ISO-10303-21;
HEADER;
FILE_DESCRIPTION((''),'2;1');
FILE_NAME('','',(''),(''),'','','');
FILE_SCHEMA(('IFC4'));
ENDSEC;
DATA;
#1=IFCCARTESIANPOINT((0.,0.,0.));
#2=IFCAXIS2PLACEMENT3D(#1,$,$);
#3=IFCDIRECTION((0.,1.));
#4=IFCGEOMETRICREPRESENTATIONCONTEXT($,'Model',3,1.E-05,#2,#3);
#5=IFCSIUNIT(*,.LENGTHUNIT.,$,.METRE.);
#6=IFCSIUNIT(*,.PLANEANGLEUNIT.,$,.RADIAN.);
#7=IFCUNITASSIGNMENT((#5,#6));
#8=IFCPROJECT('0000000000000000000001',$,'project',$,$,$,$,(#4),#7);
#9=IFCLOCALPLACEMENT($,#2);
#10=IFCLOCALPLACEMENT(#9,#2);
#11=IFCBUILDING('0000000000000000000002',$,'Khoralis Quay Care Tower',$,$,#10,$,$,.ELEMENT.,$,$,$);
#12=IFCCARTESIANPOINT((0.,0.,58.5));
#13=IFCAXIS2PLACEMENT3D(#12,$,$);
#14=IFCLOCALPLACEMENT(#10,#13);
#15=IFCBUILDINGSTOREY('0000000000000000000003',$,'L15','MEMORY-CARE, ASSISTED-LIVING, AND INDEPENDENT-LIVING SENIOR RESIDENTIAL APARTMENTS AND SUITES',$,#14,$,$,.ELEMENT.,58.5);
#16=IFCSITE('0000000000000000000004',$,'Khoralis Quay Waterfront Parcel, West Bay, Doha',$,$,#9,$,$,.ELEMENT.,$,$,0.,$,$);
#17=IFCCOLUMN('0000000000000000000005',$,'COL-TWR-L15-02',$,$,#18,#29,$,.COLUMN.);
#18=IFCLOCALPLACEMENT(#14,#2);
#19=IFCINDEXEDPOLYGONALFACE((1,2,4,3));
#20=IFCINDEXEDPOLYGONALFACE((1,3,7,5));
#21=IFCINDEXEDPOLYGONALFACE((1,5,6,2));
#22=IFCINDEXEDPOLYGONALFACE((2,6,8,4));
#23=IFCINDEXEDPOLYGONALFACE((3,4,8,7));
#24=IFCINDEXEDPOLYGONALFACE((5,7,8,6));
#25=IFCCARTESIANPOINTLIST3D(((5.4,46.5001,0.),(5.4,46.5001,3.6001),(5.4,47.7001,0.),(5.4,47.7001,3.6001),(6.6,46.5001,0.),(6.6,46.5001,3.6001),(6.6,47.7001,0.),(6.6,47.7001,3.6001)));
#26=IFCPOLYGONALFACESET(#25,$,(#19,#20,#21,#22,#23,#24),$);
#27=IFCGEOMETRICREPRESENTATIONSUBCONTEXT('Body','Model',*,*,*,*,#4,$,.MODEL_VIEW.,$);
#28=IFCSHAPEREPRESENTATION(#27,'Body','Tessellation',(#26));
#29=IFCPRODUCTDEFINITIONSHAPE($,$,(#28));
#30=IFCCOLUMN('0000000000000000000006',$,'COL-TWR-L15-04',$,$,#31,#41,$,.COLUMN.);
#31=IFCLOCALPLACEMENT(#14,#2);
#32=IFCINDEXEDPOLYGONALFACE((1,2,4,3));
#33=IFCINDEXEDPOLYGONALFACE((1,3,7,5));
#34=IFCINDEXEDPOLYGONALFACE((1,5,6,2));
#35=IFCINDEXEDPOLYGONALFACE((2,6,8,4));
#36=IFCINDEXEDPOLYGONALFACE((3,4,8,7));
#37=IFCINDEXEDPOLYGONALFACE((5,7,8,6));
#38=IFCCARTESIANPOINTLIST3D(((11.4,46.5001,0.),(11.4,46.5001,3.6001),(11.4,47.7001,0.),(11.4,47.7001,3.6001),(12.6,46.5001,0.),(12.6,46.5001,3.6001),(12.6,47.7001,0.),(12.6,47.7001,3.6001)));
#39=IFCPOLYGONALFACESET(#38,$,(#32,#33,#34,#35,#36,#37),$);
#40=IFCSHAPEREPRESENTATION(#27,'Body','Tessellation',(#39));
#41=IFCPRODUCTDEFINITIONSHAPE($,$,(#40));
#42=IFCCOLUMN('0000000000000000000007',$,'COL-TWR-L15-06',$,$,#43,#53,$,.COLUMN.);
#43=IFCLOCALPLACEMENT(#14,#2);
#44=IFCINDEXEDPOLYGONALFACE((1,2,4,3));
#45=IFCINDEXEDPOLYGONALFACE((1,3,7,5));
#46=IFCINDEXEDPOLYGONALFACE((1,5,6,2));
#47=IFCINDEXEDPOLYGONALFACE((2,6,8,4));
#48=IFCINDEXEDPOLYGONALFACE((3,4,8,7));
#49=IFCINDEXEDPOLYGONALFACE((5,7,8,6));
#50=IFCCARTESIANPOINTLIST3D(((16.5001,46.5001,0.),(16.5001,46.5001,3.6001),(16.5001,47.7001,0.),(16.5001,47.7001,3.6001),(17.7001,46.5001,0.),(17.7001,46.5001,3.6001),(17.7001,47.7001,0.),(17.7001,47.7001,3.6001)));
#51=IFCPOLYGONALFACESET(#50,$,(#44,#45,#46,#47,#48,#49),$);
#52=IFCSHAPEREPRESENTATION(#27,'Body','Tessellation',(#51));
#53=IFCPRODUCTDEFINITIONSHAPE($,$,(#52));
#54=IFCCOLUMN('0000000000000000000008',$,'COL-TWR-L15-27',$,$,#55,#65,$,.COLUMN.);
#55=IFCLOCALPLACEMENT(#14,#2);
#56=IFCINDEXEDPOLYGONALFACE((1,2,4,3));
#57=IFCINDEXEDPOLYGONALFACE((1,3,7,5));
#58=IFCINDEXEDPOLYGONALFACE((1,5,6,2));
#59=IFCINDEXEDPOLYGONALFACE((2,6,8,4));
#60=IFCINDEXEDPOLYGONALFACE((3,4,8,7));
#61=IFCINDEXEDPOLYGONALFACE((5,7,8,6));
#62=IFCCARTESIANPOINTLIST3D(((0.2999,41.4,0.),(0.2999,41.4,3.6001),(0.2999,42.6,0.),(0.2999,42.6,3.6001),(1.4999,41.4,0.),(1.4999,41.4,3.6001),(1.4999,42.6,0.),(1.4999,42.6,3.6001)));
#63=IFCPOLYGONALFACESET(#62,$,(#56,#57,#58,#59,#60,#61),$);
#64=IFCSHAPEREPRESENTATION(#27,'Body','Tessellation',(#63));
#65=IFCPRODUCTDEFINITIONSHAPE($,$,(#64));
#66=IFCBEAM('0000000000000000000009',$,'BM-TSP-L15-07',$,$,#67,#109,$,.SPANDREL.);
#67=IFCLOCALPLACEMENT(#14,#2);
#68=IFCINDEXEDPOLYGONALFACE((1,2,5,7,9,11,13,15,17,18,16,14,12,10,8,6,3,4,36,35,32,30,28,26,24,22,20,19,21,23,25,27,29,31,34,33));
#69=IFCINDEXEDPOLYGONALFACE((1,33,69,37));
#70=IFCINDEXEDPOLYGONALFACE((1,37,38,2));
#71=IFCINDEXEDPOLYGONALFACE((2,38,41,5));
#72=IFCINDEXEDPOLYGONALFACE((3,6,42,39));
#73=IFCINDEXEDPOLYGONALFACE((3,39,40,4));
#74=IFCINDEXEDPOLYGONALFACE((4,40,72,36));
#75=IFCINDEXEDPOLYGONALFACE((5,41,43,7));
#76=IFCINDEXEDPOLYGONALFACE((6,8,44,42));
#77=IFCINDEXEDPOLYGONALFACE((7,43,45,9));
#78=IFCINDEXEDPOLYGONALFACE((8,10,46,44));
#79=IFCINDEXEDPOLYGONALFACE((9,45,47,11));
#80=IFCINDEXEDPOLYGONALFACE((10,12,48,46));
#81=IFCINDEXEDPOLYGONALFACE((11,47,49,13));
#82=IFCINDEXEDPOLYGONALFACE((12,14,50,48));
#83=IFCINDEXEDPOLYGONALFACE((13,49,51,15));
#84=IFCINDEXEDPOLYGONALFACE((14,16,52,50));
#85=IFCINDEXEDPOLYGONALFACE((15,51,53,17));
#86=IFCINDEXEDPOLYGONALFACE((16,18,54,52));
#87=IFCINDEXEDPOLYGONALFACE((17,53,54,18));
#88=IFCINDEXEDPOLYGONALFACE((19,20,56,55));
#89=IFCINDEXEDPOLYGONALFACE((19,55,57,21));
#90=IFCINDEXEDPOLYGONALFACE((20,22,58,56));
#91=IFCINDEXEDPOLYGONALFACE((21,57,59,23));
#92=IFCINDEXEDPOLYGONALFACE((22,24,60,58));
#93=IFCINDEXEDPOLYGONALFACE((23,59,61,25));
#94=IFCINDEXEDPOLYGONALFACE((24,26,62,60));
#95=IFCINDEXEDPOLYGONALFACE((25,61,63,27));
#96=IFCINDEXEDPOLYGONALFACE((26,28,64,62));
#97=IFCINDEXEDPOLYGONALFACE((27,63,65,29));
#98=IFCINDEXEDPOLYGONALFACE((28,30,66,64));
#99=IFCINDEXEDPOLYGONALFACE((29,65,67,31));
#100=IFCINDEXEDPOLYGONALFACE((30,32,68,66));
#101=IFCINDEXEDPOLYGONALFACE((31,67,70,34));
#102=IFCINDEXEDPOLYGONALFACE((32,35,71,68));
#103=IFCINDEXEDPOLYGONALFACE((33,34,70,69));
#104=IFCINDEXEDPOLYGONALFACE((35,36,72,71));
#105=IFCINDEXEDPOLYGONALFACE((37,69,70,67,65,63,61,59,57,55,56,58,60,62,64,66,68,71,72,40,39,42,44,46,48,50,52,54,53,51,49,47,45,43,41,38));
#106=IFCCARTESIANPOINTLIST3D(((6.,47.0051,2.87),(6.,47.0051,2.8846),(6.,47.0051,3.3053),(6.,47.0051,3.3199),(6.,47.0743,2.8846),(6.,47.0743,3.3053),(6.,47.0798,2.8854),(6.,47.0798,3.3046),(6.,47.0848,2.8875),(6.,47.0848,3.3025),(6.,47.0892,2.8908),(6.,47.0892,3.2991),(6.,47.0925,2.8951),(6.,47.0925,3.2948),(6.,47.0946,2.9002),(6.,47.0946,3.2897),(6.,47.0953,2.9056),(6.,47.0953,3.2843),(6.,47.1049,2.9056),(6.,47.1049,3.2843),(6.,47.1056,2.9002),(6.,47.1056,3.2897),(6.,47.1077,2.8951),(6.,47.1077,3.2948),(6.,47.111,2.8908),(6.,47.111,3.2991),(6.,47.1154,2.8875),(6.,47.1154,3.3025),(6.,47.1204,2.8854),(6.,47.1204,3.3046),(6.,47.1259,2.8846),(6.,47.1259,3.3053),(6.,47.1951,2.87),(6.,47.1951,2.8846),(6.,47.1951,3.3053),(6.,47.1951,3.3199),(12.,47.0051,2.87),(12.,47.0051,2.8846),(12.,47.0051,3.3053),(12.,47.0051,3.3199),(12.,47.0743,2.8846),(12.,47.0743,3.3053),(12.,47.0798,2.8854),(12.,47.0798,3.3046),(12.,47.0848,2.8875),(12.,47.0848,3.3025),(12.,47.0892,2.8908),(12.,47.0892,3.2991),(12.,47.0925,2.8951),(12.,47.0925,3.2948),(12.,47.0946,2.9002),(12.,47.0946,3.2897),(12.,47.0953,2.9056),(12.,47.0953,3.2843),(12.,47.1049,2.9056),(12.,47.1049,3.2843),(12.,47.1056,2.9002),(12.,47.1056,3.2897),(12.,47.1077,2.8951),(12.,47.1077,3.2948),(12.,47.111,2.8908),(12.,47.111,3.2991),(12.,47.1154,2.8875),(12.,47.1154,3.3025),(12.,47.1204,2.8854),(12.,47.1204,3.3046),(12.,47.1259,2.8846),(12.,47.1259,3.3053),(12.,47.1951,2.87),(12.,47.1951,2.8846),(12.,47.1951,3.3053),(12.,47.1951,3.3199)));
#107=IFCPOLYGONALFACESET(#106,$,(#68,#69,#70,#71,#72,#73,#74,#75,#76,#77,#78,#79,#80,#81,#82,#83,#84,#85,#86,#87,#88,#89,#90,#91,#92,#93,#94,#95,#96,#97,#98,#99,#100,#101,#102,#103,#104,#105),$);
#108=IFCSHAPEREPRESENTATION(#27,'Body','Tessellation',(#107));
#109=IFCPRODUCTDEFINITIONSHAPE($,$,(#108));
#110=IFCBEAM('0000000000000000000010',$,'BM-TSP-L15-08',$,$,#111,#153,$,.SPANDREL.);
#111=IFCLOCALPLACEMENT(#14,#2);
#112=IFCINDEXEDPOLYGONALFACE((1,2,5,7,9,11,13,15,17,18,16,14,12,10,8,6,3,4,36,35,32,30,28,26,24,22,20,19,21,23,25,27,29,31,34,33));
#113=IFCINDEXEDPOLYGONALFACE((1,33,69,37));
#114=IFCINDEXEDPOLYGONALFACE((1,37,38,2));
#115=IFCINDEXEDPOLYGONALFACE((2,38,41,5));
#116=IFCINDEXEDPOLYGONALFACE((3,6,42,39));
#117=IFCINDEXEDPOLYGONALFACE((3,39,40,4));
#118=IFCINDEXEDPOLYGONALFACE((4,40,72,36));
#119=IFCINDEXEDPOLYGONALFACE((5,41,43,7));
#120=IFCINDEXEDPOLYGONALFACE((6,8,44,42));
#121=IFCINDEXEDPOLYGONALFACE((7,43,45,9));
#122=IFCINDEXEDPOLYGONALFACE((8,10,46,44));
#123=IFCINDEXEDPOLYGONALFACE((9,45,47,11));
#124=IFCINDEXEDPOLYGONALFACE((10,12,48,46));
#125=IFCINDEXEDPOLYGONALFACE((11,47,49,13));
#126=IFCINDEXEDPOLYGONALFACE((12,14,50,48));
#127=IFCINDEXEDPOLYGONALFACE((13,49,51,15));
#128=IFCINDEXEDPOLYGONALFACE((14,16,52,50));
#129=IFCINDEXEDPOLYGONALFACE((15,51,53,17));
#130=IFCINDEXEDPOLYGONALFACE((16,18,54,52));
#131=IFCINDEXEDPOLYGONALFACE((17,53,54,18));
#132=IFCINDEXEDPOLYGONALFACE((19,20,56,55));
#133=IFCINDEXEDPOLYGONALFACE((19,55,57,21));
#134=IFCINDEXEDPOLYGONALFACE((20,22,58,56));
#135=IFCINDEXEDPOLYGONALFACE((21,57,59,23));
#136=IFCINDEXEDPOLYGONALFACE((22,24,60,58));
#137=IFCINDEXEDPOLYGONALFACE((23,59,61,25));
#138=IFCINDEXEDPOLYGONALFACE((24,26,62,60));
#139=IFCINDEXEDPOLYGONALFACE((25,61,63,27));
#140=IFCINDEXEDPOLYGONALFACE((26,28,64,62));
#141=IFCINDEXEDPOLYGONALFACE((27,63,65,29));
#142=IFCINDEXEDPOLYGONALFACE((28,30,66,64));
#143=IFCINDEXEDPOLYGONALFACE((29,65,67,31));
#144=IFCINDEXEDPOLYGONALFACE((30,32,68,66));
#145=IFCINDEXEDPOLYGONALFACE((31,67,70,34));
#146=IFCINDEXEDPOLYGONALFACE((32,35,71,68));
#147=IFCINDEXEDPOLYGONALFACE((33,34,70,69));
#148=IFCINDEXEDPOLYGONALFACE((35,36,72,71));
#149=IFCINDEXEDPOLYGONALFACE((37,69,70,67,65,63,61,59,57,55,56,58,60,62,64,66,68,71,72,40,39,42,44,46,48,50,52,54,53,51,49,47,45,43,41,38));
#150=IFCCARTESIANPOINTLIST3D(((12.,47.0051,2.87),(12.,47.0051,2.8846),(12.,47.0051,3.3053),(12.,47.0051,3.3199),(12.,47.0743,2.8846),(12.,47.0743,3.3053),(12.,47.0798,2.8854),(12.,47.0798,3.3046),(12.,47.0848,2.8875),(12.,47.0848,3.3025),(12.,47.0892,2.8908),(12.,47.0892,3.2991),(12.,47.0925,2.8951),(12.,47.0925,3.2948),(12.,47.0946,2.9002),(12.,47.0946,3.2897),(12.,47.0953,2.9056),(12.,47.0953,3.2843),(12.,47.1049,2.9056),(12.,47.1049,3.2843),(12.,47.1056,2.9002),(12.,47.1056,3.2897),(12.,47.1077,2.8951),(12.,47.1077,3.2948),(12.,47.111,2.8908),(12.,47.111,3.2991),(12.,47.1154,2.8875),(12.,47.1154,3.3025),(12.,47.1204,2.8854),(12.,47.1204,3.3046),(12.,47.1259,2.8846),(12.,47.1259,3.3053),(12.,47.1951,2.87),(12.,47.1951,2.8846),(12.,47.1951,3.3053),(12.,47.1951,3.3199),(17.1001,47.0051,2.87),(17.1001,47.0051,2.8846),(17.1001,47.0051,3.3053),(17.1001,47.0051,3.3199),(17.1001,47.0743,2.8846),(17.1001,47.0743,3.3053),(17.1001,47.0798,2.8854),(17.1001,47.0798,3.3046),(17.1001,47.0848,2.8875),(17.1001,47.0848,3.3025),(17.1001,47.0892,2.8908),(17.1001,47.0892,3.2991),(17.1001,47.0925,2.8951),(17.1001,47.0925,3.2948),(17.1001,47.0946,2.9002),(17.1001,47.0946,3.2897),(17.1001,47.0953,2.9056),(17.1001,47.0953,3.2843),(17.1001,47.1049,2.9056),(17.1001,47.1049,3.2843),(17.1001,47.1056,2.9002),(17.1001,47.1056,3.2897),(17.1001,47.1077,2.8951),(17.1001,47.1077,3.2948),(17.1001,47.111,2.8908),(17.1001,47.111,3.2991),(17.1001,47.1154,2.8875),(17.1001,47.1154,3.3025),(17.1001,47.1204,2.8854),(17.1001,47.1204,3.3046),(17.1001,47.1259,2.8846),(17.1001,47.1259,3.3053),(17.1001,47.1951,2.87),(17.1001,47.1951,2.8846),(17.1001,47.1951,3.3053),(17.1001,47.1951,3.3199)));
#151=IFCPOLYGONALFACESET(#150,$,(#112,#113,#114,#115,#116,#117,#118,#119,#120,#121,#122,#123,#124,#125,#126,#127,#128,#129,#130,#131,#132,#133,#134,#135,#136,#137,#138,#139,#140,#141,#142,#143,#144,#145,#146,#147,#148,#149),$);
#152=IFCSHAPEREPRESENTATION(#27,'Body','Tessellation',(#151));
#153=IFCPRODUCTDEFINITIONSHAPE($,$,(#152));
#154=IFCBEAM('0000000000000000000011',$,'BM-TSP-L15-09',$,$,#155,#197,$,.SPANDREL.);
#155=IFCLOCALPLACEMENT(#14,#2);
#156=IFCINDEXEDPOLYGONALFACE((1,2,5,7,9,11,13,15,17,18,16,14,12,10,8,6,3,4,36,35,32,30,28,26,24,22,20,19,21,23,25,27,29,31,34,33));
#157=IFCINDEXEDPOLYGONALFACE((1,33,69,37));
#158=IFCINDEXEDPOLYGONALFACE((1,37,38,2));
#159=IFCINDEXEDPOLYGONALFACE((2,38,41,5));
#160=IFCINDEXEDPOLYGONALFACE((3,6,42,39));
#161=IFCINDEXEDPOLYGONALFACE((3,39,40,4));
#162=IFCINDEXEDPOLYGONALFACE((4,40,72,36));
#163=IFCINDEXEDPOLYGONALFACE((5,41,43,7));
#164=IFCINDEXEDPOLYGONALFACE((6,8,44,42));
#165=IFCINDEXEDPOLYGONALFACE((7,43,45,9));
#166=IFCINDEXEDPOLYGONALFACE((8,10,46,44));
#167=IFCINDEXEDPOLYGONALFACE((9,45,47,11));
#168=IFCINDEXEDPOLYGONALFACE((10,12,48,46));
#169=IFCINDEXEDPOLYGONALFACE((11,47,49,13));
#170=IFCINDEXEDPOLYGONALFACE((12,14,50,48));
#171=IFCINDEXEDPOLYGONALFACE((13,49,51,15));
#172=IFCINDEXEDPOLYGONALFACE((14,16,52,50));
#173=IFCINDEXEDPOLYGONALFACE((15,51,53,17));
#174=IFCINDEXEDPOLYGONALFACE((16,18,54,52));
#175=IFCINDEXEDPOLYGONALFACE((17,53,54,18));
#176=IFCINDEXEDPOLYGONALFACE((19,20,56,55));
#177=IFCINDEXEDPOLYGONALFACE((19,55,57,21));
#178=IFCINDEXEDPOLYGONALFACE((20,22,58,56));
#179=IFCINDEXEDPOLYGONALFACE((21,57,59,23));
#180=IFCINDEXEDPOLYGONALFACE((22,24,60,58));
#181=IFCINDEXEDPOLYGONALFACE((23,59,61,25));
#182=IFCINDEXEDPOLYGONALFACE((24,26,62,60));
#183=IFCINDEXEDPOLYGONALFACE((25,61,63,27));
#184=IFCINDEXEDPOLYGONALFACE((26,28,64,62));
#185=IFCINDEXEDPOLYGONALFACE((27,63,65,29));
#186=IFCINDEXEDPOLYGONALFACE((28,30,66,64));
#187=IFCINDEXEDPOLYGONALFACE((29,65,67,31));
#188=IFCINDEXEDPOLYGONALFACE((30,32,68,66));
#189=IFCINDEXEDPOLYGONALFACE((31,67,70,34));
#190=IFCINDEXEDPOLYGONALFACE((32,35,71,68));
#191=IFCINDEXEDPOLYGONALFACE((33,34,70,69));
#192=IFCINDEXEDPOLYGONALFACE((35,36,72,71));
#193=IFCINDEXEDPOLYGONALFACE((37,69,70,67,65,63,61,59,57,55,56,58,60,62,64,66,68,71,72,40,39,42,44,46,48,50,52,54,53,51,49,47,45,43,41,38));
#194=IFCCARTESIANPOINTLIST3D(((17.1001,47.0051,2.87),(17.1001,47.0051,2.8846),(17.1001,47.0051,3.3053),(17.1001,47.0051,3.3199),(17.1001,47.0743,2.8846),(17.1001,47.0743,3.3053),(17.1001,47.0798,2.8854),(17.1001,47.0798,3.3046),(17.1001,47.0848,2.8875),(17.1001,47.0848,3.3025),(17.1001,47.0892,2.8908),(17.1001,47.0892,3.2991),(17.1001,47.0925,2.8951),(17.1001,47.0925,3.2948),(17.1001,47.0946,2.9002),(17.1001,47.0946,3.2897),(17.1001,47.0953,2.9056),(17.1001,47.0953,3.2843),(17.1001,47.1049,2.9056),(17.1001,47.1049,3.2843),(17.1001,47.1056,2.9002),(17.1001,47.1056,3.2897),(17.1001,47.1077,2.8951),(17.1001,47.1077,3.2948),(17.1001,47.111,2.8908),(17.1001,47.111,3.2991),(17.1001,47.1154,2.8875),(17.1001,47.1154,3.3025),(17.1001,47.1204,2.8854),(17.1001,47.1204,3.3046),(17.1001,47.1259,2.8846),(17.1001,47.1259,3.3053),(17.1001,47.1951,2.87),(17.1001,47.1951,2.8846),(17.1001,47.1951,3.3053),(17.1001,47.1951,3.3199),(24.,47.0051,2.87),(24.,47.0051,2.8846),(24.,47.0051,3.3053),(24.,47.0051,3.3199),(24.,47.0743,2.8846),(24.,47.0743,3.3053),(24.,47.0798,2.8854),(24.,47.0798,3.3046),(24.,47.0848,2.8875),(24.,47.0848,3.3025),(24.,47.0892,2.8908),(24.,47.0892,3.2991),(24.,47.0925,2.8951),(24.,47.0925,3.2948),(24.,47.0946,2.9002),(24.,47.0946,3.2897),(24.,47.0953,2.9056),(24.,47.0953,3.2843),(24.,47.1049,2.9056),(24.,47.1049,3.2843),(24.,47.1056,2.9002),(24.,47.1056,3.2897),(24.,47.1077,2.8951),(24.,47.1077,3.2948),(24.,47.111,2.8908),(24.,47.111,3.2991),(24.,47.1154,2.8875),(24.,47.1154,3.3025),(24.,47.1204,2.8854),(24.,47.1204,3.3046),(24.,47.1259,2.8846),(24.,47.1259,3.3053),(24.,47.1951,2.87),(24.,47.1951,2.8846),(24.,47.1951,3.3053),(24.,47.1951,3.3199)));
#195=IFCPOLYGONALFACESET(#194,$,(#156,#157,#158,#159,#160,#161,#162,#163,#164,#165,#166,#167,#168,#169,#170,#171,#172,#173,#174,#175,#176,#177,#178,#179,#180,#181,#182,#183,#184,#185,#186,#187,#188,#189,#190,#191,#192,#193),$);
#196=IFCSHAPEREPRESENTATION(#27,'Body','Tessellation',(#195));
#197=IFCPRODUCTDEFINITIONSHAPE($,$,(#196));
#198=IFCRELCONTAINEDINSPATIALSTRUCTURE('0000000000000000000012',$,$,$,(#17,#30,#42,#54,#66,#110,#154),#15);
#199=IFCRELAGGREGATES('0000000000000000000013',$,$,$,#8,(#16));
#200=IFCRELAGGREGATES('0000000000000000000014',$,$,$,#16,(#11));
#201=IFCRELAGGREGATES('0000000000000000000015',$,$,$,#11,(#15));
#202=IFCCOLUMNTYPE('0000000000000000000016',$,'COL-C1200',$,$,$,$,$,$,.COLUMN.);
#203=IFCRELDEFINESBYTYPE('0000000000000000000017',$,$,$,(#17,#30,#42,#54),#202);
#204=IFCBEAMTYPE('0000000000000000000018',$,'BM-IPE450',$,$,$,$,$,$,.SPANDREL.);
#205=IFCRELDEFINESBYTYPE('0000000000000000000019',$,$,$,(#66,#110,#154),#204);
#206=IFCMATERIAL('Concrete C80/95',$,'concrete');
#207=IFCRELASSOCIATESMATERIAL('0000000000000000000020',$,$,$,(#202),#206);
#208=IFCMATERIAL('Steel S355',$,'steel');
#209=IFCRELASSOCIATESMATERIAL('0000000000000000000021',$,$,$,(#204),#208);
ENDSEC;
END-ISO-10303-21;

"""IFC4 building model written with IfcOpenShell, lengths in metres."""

from ifc_helpers import new_model, si_unit, direction, frame, origin, origin_2d, place, context, subcontext, project, spatial, rectangle, i_section, extrude, source, transform, mapped, material, material_profile, profile_set, type_object, element, save


model = new_model("IFC4")

# Units and contexts
model_context = context("Model", 3, precision=1e-05, world=origin(), true_north=direction((0.0, 1.0)))
body_context = subcontext(model_context, "Body", "Model", "MODEL_VIEW")
ifc_project = project(units=[si_unit("LENGTHUNIT", "METRE"), si_unit("PLANEANGLEUNIT", "RADIAN")], contexts=[model_context])

# Site, building, storey
site_placement = place(None, origin())
site = spatial("IfcSite", under=ifc_project, at=site_placement, Name="Khoralis Quay Waterfront Parcel, West Bay, Doha", CompositionType="ELEMENT", RefElevation=0.0)
building_placement = place(site_placement, origin())
building = spatial("IfcBuilding", under=site, at=building_placement, Name="Khoralis Quay Care Tower", CompositionType="ELEMENT")
storey_placement = place(building_placement, frame((0.0, 0.0, 58.5)))
storey = spatial("IfcBuildingStorey", under=building, at=storey_placement, Name="L15", Description="MEMORY-CARE, ASSISTED-LIVING, AND INDEPENDENT-LIVING SENIOR RESIDENTIAL APARTMENTS AND SUITES", CompositionType="ELEMENT", Elevation=58.5)

# Columns
ifc_material_1 = material(Name="Concrete C80/95", Category="concrete")
ifc_material_profile_1 = material_profile(ifc_material_1, rectangle(XDim=1.2, YDim=1.2, at=origin_2d()), Name="Concrete C80/95")
ifc_profile_set_1 = profile_set([ifc_material_profile_1], Name="Concrete C80/95")
column_type = type_object("IfcColumnType", Name="COL-C1200", PredefinedType="COLUMN", material=ifc_profile_set_1)
shared_shape_1 = source(origin(), body_context, "Body", "SweptSolid", [
    extrude(rectangle(XDim=1.2, YDim=1.2, at=origin_2d()), origin(), (0.0, 0.0, 1.0), 3.6001),
])
for number, where, z_axis, x_axis, name in (
    (1, (6.0, 47.1001, 0.0), (0.0, 0.0, 1.0), (1.0, 0.0, 0.0), "COL-TWR-L15-02"),
    (2, (12.0, 47.1001, 0.0), (0.0, 0.0, 1.0), (1.0, 0.0, 0.0), "COL-TWR-L15-04"),
    (3, (17.1001, 47.1001, 0.0), (0.0, 0.0, 1.0), (1.0, 0.0, 0.0), "COL-TWR-L15-06"),
    (4, (0.8999, 42.0, 0.0), (0.0, 0.0, 1.0), (1.0, 0.0, 0.0), "COL-TWR-L15-27"),
):
    element("IfcColumn", number, at=place(storey_placement, frame(where, z_axis=z_axis, x_axis=x_axis)), inside=storey, type_object=column_type, Name=name, PredefinedType="COLUMN", context=body_context, shape_type="MappedRepresentation", body=[
        mapped(shared_shape_1, transform((0.0, 0.0, 0.0), scale=1.0)),
    ])

# Beams
ifc_material_2 = material(Name="Steel S355", Category="steel")
ifc_material_profile_2 = material_profile(ifc_material_2, i_section(OverallWidth=0.1899, OverallDepth=0.45, WebThickness=0.0095, FlangeThickness=0.0146, FilletRadius=0.021, at=origin_2d()), Name="Steel S355")
ifc_profile_set_2 = profile_set([ifc_material_profile_2], Name="Steel S355")
beam_type_1 = type_object("IfcBeamType", Name="BM-IPE450", PredefinedType="SPANDREL", material=ifc_profile_set_2)
shared_shape_2 = source(origin(), body_context, "Body", "SweptSolid", [
    extrude(i_section(OverallWidth=0.1899, OverallDepth=0.45, WebThickness=0.0095, FlangeThickness=0.0146, FilletRadius=0.021, at=origin_2d()), origin(), (0.0, 0.0, 1.0), 6.0),
])
beam_1_placement = place(storey_placement, frame((6.0, 47.1001, 3.095), z_axis=(1.0, 0.0, 0.0), x_axis=(0.0, 1.0, 0.0)))
element("IfcBeam", 5, at=beam_1_placement, inside=storey, type_object=beam_type_1, Name="BM-TSP-L15-07", PredefinedType="SPANDREL", context=body_context, shape_type="MappedRepresentation", body=[
    mapped(shared_shape_2, transform((0.0, 0.0, 0.0), scale=1.0)),
])
shared_shape_3 = source(origin(), body_context, "Body", "SweptSolid", [
    extrude(i_section(OverallWidth=0.1899, OverallDepth=0.45, WebThickness=0.0095, FlangeThickness=0.0146, FilletRadius=0.021, at=origin_2d()), origin(), (0.0, 0.0, 1.0), 5.1001),
])
beam_2_placement = place(storey_placement, frame((12.0, 47.1001, 3.095), z_axis=(1.0, 0.0, 0.0), x_axis=(0.0, 1.0, 0.0)))
element("IfcBeam", 6, at=beam_2_placement, inside=storey, type_object=beam_type_1, Name="BM-TSP-L15-08", PredefinedType="SPANDREL", context=body_context, shape_type="MappedRepresentation", body=[
    mapped(shared_shape_3, transform((0.0, 0.0, 0.0), scale=1.0)),
])
shared_shape_4 = source(origin(), body_context, "Body", "SweptSolid", [
    extrude(i_section(OverallWidth=0.1899, OverallDepth=0.45, WebThickness=0.0095, FlangeThickness=0.0146, FilletRadius=0.021, at=origin_2d()), origin(), (0.0, 0.0, 1.0), 6.8999),
])
beam_3_placement = place(storey_placement, frame((17.1001, 47.1001, 3.095), z_axis=(1.0, 0.0, 0.0), x_axis=(0.0, 1.0, 0.0)))
element("IfcBeam", 7, at=beam_3_placement, inside=storey, type_object=beam_type_1, Name="BM-TSP-L15-09", PredefinedType="SPANDREL", context=body_context, shape_type="MappedRepresentation", body=[
    mapped(shared_shape_4, transform((0.0, 0.0, 0.0), scale=1.0)),
])

save(model, "model.ifc")
